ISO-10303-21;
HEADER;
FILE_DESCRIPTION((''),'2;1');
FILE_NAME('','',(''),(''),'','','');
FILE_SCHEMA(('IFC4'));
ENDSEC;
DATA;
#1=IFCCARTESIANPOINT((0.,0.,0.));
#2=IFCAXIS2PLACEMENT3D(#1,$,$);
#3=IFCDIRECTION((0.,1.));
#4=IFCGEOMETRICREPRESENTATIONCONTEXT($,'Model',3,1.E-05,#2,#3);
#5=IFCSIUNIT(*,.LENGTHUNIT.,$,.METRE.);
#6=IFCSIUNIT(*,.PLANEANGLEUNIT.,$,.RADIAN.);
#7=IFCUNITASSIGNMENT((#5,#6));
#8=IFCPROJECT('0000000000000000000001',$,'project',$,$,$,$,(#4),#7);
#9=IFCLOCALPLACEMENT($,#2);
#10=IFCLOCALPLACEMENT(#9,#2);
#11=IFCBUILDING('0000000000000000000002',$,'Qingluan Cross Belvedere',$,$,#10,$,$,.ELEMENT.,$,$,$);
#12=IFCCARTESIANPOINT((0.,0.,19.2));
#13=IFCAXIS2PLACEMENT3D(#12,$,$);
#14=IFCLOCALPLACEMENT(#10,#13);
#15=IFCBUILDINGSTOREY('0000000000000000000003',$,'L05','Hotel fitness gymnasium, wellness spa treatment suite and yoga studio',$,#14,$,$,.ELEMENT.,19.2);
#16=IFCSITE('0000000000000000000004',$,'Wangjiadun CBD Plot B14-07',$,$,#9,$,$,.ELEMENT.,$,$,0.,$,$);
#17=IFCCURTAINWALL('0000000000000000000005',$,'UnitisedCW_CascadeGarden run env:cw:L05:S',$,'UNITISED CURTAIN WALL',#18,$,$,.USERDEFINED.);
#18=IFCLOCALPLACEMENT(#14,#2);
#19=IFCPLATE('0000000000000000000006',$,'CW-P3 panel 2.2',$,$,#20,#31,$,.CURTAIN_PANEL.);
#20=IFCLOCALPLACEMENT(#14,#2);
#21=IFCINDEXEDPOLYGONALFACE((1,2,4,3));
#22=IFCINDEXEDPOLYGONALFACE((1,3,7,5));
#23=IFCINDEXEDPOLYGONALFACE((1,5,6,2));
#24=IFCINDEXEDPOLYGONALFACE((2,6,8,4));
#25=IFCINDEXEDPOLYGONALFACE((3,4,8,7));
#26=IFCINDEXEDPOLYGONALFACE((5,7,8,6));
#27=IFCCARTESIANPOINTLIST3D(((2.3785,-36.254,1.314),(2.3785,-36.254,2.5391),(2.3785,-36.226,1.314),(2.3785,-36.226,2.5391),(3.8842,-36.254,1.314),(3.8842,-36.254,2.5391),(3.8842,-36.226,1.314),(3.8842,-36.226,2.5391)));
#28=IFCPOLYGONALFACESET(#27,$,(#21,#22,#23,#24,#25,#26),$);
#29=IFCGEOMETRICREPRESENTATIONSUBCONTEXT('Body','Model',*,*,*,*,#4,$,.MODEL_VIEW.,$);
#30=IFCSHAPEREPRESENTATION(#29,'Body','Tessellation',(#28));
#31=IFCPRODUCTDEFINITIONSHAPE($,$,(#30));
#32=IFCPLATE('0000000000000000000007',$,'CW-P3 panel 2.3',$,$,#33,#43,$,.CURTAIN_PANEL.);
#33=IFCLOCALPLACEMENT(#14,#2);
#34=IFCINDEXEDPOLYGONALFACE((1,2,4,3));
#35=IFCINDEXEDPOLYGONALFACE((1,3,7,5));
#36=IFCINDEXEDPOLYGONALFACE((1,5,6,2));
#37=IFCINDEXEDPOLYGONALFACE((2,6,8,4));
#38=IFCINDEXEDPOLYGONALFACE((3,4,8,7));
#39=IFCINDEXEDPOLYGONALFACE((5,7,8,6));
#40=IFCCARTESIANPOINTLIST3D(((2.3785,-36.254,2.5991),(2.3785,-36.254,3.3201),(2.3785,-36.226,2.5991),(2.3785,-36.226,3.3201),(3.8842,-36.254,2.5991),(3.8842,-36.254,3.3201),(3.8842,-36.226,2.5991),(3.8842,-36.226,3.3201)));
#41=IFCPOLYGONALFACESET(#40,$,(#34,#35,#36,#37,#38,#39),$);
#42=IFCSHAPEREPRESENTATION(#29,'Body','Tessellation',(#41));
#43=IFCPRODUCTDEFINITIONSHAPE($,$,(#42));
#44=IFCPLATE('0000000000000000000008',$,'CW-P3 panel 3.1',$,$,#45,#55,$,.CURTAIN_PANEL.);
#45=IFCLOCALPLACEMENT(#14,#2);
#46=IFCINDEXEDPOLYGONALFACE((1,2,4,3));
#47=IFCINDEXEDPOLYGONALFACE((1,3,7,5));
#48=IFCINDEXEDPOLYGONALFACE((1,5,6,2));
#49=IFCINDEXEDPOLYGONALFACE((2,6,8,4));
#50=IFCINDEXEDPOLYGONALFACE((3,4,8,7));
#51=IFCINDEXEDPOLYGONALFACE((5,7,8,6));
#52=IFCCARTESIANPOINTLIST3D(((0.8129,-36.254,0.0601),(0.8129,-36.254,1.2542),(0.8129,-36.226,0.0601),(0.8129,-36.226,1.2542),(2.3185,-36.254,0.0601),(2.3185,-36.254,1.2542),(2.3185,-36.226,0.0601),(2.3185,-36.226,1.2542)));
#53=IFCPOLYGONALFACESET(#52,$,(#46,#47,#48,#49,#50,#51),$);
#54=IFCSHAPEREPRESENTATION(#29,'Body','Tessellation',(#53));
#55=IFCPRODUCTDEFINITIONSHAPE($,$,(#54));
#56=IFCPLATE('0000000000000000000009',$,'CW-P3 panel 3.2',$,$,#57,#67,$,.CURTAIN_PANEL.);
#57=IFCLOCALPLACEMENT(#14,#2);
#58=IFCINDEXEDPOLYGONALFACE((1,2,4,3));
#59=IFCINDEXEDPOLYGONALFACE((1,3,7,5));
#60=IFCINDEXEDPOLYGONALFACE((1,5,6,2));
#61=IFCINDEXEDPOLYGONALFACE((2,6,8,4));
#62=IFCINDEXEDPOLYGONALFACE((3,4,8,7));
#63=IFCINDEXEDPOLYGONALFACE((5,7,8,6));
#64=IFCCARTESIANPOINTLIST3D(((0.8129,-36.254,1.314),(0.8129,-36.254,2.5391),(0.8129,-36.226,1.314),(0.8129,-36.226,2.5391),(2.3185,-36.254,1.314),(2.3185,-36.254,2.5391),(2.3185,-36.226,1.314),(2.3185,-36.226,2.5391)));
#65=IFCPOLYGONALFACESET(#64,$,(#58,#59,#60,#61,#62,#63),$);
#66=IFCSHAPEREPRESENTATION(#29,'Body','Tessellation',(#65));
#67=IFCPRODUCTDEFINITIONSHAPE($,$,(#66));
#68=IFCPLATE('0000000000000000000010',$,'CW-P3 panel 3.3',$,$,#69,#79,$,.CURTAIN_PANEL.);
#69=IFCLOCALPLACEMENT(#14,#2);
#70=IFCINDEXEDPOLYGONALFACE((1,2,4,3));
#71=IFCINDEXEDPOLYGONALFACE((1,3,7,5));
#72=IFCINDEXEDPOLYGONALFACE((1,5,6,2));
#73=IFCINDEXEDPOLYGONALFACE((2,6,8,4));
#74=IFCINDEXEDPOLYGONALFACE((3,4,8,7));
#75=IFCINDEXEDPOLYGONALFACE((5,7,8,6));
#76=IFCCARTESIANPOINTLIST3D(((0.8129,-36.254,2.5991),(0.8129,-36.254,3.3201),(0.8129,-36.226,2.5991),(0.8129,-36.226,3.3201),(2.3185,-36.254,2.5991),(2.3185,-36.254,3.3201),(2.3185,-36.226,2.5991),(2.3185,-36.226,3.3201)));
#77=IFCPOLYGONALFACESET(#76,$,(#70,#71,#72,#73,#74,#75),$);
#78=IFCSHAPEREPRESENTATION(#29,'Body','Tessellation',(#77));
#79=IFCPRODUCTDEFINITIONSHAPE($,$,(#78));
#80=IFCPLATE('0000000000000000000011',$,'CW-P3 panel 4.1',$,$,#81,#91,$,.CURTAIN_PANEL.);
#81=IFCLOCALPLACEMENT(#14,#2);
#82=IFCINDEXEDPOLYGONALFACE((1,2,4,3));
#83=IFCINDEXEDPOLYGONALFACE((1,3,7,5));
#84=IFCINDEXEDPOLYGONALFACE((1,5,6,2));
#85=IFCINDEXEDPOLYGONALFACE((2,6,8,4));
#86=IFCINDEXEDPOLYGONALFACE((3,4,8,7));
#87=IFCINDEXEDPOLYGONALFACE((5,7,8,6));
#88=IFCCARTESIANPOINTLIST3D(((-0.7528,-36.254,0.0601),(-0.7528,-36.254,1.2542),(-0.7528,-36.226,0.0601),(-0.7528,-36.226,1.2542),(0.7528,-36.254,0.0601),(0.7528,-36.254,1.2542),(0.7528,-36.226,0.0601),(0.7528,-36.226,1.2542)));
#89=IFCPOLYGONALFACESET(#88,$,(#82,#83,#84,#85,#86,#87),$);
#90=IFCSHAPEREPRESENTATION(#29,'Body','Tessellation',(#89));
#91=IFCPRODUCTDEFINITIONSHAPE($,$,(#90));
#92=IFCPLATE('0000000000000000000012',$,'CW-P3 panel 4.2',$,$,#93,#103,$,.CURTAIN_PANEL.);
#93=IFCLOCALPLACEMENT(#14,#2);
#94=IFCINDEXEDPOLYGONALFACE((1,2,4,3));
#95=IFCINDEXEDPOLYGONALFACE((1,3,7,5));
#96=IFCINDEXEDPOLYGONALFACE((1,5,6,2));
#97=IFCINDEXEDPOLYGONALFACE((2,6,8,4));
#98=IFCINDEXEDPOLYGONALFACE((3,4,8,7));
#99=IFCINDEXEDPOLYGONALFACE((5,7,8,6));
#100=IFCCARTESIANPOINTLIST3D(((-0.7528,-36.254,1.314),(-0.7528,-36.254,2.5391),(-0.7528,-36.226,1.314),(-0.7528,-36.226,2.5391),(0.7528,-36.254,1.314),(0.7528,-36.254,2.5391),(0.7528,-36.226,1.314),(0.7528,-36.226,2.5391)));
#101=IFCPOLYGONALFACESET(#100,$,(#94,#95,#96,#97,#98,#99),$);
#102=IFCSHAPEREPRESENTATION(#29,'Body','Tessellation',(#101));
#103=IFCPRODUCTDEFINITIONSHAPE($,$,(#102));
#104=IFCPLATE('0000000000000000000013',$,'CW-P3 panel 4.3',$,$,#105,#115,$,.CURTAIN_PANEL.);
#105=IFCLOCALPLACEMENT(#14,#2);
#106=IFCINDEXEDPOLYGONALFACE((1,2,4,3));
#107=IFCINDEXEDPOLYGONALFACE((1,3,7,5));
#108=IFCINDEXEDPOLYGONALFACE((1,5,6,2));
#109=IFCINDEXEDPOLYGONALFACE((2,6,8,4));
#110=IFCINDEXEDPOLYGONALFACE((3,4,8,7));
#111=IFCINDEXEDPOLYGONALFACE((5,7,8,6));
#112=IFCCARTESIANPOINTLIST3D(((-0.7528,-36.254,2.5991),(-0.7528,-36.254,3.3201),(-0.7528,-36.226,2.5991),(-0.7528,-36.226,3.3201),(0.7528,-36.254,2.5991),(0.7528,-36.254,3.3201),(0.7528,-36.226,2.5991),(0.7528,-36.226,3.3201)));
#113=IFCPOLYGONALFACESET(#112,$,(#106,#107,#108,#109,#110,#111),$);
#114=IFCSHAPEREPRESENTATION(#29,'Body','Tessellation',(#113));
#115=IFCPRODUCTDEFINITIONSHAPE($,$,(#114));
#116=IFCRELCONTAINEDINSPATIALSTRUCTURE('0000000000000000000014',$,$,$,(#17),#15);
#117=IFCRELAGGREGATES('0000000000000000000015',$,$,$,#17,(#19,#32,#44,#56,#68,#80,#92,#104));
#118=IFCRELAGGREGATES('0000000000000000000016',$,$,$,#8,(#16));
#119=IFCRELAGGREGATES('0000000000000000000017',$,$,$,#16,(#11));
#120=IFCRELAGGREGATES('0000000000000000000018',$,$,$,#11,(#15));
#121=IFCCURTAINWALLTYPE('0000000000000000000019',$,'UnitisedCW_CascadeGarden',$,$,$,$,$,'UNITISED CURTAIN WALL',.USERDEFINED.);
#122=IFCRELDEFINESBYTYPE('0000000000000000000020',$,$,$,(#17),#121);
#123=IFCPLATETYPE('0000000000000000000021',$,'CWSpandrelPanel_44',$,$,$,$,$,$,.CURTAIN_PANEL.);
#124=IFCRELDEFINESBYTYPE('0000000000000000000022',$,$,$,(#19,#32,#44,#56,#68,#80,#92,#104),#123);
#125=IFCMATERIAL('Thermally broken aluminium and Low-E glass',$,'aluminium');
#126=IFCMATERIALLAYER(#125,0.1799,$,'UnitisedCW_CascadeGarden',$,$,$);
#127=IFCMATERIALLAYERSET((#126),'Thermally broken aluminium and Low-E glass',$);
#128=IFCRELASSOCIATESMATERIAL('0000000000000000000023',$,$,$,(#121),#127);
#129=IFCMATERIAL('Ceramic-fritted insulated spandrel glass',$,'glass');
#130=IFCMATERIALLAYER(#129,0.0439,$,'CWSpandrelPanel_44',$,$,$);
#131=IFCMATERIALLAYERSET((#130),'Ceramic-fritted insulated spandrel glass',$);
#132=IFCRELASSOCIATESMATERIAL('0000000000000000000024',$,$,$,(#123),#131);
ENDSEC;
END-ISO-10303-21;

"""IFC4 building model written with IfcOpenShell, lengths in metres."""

from ifc_helpers import new_model, si_unit, direction, frame, origin, origin_2d, place, context, subcontext, project, spatial, rectangle, extrude, material, layer, layer_set, type_object, element, aggregate, save


model = new_model("IFC4")

# Units and contexts
model_context = context("Model", 3, precision=1e-05, world=origin(), true_north=direction((0.0, 1.0)))
body_context = subcontext(model_context, "Body", "Model", "MODEL_VIEW")
ifc_project = project(units=[si_unit("LENGTHUNIT", "METRE"), si_unit("PLANEANGLEUNIT", "RADIAN")], contexts=[model_context])

# Site, building, storey
site_placement = place(None, origin())
site = spatial("IfcSite", under=ifc_project, at=site_placement, Name="Wangjiadun CBD Plot B14-07", CompositionType="ELEMENT", RefElevation=0.0)
building_placement = place(site_placement, origin())
building = spatial("IfcBuilding", under=site, at=building_placement, Name="Qingluan Cross Belvedere", CompositionType="ELEMENT")
storey_placement = place(building_placement, frame((0.0, 0.0, 19.2)))
storey = spatial("IfcBuildingStorey", under=building, at=storey_placement, Name="L05", Description="Hotel fitness gymnasium, wellness spa treatment suite and yoga studio", CompositionType="ELEMENT", Elevation=19.2)

# Curtain wall, plates
ifc_material_1 = material(Name="Thermally broken aluminium and Low-E glass", Category="aluminium")
ifc_layer_1 = layer(ifc_material_1, 0.1799, Name="UnitisedCW_CascadeGarden")
ifc_layer_set_1 = layer_set([ifc_layer_1], Name="Thermally broken aluminium and Low-E glass")
curtain_wall_type = type_object("IfcCurtainWallType", Name="UnitisedCW_CascadeGarden", ElementType="UNITISED CURTAIN WALL", PredefinedType="USERDEFINED", material=ifc_layer_set_1)
curtain_wall_placement = place(storey_placement, origin())
curtain_wall = element("IfcCurtainWall", 1, at=curtain_wall_placement, inside=storey, type_object=curtain_wall_type, Name="UnitisedCW_CascadeGarden run env:cw:L05:S", ObjectType="UNITISED CURTAIN WALL", PredefinedType="USERDEFINED")
ifc_material_2 = material(Name="Ceramic-fritted insulated spandrel glass", Category="glass")
ifc_layer_2 = layer(ifc_material_2, 0.0439, Name="CWSpandrelPanel_44")
ifc_layer_set_2 = layer_set([ifc_layer_2], Name="Ceramic-fritted insulated spandrel glass")
plate_type = type_object("IfcPlateType", Name="CWSpandrelPanel_44", PredefinedType="CURTAIN_PANEL", material=ifc_layer_set_2)
plate_1_placement = place(storey_placement, frame((3.1313, -36.24, 1.314), z_axis=(0.0, 0.0, 1.0), x_axis=(-1.0, 0.0, 0.0)))
plate_1 = element("IfcPlate", 2, at=plate_1_placement, type_object=plate_type, Name="CW-P3 panel 2.2", PredefinedType="CURTAIN_PANEL", context=body_context, shape_type="SweptSolid", body=[
    extrude(rectangle(XDim=1.5056, YDim=0.0281, at=origin_2d()), origin(), (0.0, 0.0, 1.0), 1.2251),
])
plate_2_placement = place(storey_placement, frame((3.1313, -36.24, 2.5991), z_axis=(0.0, 0.0, 1.0), x_axis=(-1.0, 0.0, 0.0)))
plate_2 = element("IfcPlate", 3, at=plate_2_placement, type_object=plate_type, Name="CW-P3 panel 2.3", PredefinedType="CURTAIN_PANEL", context=body_context, shape_type="SweptSolid", body=[
    extrude(rectangle(XDim=1.5056, YDim=0.0281, at=origin_2d()), origin(), (0.0, 0.0, 1.0), 0.7209),
])
plate_3_placement = place(storey_placement, frame((1.5657, -36.24, 0.0601), z_axis=(0.0, 0.0, 1.0), x_axis=(-1.0, 0.0, 0.0)))
plate_3 = element("IfcPlate", 4, at=plate_3_placement, type_object=plate_type, Name="CW-P3 panel 3.1", PredefinedType="CURTAIN_PANEL", context=body_context, shape_type="SweptSolid", body=[
    extrude(rectangle(XDim=1.5056, YDim=0.0281, at=origin_2d()), origin(), (0.0, 0.0, 1.0), 1.1941),
])
plate_4_placement = place(storey_placement, frame((1.5657, -36.24, 1.314), z_axis=(0.0, 0.0, 1.0), x_axis=(-1.0, 0.0, 0.0)))
plate_4 = element("IfcPlate", 5, at=plate_4_placement, type_object=plate_type, Name="CW-P3 panel 3.2", PredefinedType="CURTAIN_PANEL", context=body_context, shape_type="SweptSolid", body=[
    extrude(rectangle(XDim=1.5056, YDim=0.0281, at=origin_2d()), origin(), (0.0, 0.0, 1.0), 1.2251),
])
plate_5_placement = place(storey_placement, frame((1.5657, -36.24, 2.5991), z_axis=(0.0, 0.0, 1.0), x_axis=(-1.0, 0.0, 0.0)))
plate_5 = element("IfcPlate", 6, at=plate_5_placement, type_object=plate_type, Name="CW-P3 panel 3.3", PredefinedType="CURTAIN_PANEL", context=body_context, shape_type="SweptSolid", body=[
    extrude(rectangle(XDim=1.5056, YDim=0.0281, at=origin_2d()), origin(), (0.0, 0.0, 1.0), 0.7209),
])
plate_6_placement = place(storey_placement, frame((0.0, -36.24, 0.0601), z_axis=(0.0, 0.0, 1.0), x_axis=(-1.0, 0.0, 0.0)))
plate_6 = element("IfcPlate", 7, at=plate_6_placement, type_object=plate_type, Name="CW-P3 panel 4.1", PredefinedType="CURTAIN_PANEL", context=body_context, shape_type="SweptSolid", body=[
    extrude(rectangle(XDim=1.5056, YDim=0.0281, at=origin_2d()), origin(), (0.0, 0.0, 1.0), 1.1941),
])
plate_7_placement = place(storey_placement, frame((0.0, -36.24, 1.314), z_axis=(0.0, 0.0, 1.0), x_axis=(-1.0, 0.0, 0.0)))
plate_7 = element("IfcPlate", 8, at=plate_7_placement, type_object=plate_type, Name="CW-P3 panel 4.2", PredefinedType="CURTAIN_PANEL", context=body_context, shape_type="SweptSolid", body=[
    extrude(rectangle(XDim=1.5056, YDim=0.0281, at=origin_2d()), origin(), (0.0, 0.0, 1.0), 1.2251),
])
plate_8_placement = place(storey_placement, frame((0.0, -36.24, 2.5991), z_axis=(0.0, 0.0, 1.0), x_axis=(-1.0, 0.0, 0.0)))
plate_8 = element("IfcPlate", 9, at=plate_8_placement, type_object=plate_type, Name="CW-P3 panel 4.3", PredefinedType="CURTAIN_PANEL", context=body_context, shape_type="SweptSolid", body=[
    extrude(rectangle(XDim=1.5056, YDim=0.0281, at=origin_2d()), origin(), (0.0, 0.0, 1.0), 0.7209),
])
aggregate(curtain_wall, [plate_1, plate_2, plate_3, plate_4, plate_5, plate_6, plate_7, plate_8])

save(model, "model.ifc")
